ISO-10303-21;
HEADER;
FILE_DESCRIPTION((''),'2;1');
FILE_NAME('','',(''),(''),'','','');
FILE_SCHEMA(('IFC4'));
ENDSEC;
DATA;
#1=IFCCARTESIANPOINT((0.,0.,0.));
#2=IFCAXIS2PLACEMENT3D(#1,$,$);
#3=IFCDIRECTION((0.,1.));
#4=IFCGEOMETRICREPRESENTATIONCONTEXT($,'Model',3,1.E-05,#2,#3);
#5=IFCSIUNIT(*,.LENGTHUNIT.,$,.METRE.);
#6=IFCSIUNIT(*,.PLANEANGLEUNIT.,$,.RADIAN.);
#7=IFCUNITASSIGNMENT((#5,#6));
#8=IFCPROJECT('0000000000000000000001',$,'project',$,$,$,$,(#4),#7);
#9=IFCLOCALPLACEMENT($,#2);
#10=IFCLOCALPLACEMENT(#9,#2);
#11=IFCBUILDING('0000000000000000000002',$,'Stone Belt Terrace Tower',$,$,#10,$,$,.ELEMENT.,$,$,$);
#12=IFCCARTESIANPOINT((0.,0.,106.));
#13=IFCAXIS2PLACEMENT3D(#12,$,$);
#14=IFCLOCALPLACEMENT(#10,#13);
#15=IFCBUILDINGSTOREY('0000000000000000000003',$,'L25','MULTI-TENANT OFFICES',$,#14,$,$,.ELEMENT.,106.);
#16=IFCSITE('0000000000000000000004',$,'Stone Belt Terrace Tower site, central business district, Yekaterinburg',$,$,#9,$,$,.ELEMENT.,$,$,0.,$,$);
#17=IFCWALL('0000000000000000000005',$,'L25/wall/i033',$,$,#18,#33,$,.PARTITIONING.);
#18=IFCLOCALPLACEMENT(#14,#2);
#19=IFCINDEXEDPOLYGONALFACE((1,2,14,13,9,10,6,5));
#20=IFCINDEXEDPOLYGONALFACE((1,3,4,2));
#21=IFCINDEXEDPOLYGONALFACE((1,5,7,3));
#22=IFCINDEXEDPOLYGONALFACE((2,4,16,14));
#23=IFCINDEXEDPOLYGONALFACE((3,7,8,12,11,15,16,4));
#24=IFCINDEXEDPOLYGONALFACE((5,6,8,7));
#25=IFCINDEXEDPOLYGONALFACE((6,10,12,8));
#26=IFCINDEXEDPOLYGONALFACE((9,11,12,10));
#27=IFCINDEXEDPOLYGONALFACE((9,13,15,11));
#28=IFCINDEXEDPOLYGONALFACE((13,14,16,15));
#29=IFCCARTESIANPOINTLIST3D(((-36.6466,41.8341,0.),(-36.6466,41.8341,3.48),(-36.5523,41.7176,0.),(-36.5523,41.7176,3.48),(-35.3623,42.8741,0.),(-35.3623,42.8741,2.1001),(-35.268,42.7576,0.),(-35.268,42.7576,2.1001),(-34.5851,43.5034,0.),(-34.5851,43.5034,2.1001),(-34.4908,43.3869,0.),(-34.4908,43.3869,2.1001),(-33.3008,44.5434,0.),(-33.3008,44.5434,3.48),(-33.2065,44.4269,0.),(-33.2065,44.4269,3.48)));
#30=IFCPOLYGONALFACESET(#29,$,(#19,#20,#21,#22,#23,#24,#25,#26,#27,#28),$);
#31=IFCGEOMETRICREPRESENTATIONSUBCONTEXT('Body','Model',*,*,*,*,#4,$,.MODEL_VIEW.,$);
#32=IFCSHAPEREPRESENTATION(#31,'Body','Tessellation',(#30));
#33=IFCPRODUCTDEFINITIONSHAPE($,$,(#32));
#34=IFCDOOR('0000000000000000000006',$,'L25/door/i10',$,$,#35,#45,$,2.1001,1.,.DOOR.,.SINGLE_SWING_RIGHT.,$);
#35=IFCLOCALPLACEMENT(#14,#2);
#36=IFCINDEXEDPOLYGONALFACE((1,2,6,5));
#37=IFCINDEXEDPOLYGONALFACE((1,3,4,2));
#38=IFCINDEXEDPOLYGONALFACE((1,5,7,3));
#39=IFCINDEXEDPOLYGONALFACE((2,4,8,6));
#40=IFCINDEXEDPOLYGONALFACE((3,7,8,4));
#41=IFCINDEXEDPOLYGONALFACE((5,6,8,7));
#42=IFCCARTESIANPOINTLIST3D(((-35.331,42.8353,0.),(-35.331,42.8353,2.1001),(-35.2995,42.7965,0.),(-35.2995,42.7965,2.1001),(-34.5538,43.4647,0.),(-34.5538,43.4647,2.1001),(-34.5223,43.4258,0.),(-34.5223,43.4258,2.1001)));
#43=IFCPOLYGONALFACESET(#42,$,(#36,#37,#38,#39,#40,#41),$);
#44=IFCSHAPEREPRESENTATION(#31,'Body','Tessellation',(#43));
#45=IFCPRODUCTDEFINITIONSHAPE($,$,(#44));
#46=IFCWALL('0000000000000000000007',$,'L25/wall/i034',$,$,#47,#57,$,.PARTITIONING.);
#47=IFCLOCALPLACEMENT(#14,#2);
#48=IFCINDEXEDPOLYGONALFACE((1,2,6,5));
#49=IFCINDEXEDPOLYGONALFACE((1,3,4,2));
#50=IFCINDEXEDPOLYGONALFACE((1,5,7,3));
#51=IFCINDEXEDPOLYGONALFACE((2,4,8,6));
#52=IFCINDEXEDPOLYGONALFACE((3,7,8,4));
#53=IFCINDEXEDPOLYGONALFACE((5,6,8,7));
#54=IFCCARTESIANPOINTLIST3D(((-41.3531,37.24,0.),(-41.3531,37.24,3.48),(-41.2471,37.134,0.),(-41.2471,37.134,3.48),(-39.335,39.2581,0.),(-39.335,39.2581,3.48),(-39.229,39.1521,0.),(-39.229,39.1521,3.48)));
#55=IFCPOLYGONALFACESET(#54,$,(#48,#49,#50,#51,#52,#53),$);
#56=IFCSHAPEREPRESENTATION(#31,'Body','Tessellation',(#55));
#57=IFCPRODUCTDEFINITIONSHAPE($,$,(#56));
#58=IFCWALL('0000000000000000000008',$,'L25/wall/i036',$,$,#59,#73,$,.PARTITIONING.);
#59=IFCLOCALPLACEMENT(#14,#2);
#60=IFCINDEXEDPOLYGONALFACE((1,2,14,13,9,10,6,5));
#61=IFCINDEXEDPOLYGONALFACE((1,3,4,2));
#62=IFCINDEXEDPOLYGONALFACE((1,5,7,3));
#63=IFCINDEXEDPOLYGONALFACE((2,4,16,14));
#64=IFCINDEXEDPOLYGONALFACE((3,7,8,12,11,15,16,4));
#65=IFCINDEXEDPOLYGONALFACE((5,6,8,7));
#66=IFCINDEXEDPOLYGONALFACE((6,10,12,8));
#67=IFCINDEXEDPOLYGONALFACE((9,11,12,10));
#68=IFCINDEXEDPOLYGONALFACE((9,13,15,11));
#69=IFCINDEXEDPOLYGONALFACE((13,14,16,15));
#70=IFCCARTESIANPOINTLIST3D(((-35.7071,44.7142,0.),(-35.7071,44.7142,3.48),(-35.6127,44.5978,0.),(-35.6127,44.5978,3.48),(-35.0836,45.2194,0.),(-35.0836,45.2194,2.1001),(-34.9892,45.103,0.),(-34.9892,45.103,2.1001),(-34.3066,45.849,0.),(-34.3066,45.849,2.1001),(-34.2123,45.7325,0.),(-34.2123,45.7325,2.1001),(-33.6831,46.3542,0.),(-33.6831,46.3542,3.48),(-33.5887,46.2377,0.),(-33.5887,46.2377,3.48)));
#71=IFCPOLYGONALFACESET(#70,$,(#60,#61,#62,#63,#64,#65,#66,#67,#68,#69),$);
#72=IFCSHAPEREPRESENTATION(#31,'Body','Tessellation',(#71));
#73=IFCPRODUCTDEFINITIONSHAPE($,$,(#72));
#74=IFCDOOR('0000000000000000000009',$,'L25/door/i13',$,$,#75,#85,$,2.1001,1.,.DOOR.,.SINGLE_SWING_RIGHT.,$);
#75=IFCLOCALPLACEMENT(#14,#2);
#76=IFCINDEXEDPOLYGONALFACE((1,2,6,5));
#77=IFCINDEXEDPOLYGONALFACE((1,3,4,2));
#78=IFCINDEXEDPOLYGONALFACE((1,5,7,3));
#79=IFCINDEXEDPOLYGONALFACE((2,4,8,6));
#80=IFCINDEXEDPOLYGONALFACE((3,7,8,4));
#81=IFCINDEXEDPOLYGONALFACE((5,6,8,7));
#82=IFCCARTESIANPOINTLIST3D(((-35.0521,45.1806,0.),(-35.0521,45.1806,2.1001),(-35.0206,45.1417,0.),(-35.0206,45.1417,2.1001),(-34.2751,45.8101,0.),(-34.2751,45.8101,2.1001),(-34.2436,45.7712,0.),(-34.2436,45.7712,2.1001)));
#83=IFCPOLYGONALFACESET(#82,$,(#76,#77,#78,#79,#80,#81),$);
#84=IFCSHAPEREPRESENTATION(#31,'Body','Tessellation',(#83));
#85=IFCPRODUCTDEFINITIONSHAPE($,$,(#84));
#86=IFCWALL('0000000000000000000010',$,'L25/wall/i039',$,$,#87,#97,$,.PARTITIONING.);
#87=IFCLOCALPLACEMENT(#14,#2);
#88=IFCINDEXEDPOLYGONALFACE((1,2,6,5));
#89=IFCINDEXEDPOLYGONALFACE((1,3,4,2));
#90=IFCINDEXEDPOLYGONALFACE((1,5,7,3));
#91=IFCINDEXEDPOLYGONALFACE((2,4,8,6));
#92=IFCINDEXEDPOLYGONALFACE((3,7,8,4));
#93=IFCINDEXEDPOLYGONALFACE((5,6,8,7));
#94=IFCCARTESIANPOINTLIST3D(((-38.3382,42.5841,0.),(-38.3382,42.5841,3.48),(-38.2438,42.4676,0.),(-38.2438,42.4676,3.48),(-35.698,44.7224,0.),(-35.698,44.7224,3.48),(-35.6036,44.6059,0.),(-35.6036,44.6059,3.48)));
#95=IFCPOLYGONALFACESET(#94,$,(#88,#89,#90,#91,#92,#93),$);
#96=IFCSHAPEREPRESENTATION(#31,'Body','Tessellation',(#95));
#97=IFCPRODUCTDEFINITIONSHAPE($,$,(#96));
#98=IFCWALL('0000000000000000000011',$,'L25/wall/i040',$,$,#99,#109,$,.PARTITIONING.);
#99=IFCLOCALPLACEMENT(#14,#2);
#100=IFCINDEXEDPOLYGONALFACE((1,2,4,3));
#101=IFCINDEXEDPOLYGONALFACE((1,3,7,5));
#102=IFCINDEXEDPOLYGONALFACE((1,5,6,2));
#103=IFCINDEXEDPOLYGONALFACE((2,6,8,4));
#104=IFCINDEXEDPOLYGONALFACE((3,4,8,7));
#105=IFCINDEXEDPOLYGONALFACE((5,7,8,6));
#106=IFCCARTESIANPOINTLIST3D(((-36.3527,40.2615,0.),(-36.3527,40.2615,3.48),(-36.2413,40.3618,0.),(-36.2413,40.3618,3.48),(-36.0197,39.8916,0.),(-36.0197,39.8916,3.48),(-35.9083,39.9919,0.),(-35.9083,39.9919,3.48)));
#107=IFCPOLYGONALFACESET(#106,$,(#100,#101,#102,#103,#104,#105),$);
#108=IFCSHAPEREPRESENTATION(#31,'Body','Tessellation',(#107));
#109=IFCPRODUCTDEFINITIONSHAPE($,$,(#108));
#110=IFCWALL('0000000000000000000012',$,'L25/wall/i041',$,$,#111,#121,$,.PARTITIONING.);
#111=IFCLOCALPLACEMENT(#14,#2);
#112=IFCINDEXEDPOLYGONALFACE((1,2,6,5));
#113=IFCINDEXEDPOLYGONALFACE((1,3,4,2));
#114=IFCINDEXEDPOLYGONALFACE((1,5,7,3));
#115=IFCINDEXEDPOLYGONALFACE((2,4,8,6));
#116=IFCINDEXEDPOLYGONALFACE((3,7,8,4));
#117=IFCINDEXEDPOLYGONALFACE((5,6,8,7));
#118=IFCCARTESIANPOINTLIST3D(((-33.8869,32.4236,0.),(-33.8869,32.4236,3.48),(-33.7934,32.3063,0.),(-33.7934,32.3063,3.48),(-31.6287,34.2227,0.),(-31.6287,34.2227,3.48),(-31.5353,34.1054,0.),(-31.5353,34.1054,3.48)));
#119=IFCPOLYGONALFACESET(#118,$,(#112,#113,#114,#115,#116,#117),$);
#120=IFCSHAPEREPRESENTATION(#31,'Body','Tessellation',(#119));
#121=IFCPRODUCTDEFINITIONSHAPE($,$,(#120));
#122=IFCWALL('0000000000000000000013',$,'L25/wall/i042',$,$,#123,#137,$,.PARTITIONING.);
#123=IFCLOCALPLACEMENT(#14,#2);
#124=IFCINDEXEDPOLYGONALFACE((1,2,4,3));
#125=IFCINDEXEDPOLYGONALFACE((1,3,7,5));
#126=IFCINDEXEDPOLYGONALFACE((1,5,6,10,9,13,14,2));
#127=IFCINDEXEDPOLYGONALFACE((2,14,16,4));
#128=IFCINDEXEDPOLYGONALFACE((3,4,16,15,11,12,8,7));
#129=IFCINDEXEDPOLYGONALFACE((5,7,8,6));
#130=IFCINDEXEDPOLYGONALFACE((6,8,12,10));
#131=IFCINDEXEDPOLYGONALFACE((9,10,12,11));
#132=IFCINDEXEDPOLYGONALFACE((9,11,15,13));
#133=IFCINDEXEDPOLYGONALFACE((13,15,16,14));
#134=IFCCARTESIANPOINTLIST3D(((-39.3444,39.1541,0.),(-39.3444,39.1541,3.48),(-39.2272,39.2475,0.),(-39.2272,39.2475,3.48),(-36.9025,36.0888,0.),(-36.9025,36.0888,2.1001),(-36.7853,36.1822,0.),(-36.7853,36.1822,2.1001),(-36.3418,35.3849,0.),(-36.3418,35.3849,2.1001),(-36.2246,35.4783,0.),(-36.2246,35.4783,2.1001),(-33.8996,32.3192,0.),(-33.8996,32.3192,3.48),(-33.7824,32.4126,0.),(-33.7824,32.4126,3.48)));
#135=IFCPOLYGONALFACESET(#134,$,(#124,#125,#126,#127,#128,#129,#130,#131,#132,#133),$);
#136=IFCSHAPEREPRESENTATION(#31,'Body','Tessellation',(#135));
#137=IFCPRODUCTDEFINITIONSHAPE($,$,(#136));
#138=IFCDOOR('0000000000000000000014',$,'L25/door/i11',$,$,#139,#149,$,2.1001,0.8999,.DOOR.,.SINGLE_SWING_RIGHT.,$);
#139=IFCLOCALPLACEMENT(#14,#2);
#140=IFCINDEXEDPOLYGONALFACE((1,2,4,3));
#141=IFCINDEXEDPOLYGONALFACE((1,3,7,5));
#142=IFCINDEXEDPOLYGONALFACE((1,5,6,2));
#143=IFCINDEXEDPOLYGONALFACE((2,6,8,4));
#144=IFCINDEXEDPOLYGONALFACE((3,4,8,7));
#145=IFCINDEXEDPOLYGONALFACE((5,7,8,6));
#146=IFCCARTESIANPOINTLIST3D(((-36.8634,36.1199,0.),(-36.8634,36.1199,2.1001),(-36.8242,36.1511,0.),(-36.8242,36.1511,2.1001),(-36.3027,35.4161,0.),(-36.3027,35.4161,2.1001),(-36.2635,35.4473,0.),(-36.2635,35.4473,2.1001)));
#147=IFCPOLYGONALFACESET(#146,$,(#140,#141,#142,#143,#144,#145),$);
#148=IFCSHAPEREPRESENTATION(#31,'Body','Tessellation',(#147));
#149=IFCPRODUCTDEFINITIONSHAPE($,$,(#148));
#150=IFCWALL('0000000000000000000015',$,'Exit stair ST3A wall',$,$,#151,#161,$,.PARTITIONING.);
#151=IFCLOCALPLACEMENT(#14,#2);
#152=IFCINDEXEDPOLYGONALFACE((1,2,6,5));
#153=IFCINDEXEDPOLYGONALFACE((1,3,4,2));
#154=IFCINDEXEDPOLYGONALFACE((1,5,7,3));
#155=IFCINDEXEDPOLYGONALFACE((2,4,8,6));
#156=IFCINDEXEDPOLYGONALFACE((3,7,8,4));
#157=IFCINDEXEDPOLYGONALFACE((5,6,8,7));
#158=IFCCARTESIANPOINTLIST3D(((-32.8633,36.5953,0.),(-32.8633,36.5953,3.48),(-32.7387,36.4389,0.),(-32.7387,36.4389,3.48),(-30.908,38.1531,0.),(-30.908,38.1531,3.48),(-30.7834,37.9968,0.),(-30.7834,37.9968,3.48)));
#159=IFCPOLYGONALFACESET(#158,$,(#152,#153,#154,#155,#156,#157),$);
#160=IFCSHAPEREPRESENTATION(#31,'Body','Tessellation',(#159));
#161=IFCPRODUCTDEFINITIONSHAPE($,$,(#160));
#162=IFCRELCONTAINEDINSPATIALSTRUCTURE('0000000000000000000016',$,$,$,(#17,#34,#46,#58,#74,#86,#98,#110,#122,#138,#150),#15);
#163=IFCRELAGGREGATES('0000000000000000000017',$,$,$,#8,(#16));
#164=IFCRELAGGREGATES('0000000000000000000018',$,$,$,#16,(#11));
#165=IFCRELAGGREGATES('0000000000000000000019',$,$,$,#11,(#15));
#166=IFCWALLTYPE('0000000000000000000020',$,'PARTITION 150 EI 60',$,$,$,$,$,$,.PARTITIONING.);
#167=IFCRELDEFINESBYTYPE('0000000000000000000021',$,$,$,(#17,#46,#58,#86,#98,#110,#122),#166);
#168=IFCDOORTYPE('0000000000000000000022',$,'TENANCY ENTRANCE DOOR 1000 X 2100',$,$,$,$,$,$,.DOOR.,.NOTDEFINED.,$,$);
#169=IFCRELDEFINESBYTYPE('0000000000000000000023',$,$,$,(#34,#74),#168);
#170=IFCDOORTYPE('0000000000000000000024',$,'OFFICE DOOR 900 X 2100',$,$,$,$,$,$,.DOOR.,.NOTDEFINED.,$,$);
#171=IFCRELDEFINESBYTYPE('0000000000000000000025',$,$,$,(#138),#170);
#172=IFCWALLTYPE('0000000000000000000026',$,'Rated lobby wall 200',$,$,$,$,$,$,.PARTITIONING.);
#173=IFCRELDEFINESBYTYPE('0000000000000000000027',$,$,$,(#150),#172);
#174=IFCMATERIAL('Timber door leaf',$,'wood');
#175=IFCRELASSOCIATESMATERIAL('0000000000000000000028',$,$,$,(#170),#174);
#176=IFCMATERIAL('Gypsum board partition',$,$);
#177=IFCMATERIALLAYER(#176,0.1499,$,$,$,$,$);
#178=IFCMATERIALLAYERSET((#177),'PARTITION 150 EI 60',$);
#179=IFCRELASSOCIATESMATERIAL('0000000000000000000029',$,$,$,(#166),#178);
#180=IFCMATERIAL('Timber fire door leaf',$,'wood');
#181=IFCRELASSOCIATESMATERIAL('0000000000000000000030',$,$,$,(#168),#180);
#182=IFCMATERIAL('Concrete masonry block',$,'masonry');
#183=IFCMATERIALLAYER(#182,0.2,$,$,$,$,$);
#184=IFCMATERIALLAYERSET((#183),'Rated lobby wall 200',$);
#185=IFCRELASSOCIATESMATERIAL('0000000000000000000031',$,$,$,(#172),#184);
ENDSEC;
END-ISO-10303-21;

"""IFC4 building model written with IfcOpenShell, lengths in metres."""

from ifc_helpers import new_model, si_unit, direction, frame, frame_2d, origin, place, context, subcontext, project, spatial, rectangle, extrude, material, layer, layer_set, type_object, element, fill, save


model = new_model("IFC4")

# Units and contexts
model_context = context("Model", 3, precision=1e-05, world=origin(), true_north=direction((0.0, 1.0)))
body_context = subcontext(model_context, "Body", "Model", "MODEL_VIEW")
ifc_project = project(units=[si_unit("LENGTHUNIT", "METRE"), si_unit("PLANEANGLEUNIT", "RADIAN")], contexts=[model_context])

# Site, building, storey
site_placement = place(None, origin())
site = spatial("IfcSite", under=ifc_project, at=site_placement, Name="Stone Belt Terrace Tower site, central business district, Yekaterinburg", CompositionType="ELEMENT", RefElevation=0.0)
building_placement = place(site_placement, origin())
building = spatial("IfcBuilding", under=site, at=building_placement, Name="Stone Belt Terrace Tower", CompositionType="ELEMENT")
storey_placement = place(building_placement, frame((0.0, 0.0, 106.0)))
storey = spatial("IfcBuildingStorey", under=building, at=storey_placement, Name="L25", Description="MULTI-TENANT OFFICES", CompositionType="ELEMENT", Elevation=106.0)

# Wall, opening, door
ifc_material_1 = material(Name="Gypsum board partition")
ifc_material_2 = material(Name="Timber door leaf", Category="wood")
door_type_1 = type_object("IfcDoorType", Name="OFFICE DOOR 900 X 2100", OperationType="NOTDEFINED", PredefinedType="DOOR", material=ifc_material_2)
ifc_layer_1 = layer(ifc_material_1, 0.1499)
ifc_layer_set_1 = layer_set([ifc_layer_1], Name="PARTITION 150 EI 60")
wall_type_1 = type_object("IfcWallType", Name="PARTITION 150 EI 60", PredefinedType="PARTITIONING", material=ifc_layer_set_1)
wall_1_placement = place(storey_placement, frame((-33.2537, 44.4851, 0.0), z_axis=(0.0, 0.0, 1.0), x_axis=(-0.777154, -0.629311, 0.0)))
wall_1 = element("IfcWall", 1, at=wall_1_placement, inside=storey, type_object=wall_type_1, Name="L25/wall/i033", PredefinedType="PARTITIONING", context=body_context, shape_type="SweptSolid", body=[
    extrude(rectangle(XDim=4.3052, YDim=0.1499, at=frame_2d((2.1526, 0.0))), origin(), (0.0, 0.0, 1.0), 3.48),
])
opening_1_placement = place(wall_1_placement, frame((1.6526, 0.0, 0.0)))
opening_1 = element("IfcOpeningElement", 2, at=opening_1_placement, cuts=wall_1, PredefinedType="OPENING", context=body_context, shape_type="SweptSolid", body=[
    extrude(rectangle(XDim=1.0, YDim=2.1001, at=frame_2d((0.5, 1.05))), frame((0.0, 0.085, 0.0), z_axis=(0.0, -1.0, 0.0), x_axis=(1.0, 0.0, 0.0)), (0.0, 0.0, 1.0), 0.1699),
])
ifc_material_3 = material(Name="Timber fire door leaf", Category="wood")
door_type_2 = type_object("IfcDoorType", Name="TENANCY ENTRANCE DOOR 1000 X 2100", OperationType="NOTDEFINED", PredefinedType="DOOR", material=ifc_material_3)
door_1_placement = place(opening_1_placement, origin())
door_1 = element("IfcDoor", 3, at=door_1_placement, inside=storey, type_object=door_type_2, Name="L25/door/i10", OperationType="SINGLE_SWING_RIGHT", OverallHeight=2.1001, OverallWidth=1.0, PredefinedType="DOOR", context=body_context, shape_type="SweptSolid", body=[
    extrude(rectangle(XDim=1.0, YDim=2.1001, at=frame_2d((0.5, 1.05))), frame((0.0, 0.0249, 0.0), z_axis=(0.0, -1.0, 0.0), x_axis=(1.0, 0.0, 0.0)), (0.0, 0.0, 1.0), 0.05),
])
fill(opening_1, door_1)

# Wall
wall_2_placement = place(storey_placement, frame((-39.282, 39.2051, 0.0), z_axis=(0.0, 0.0, 1.0), x_axis=(-0.707107, -0.707107, 0.0)))
element("IfcWall", 4, at=wall_2_placement, inside=storey, type_object=wall_type_1, Name="L25/wall/i034", PredefinedType="PARTITIONING", context=body_context, shape_type="SweptSolid", body=[
    extrude(rectangle(XDim=2.854, YDim=0.1499, at=frame_2d((1.427, 0.0))), origin(), (0.0, 0.0, 1.0), 3.48),
])

# Wall, opening, door
wall_3_placement = place(storey_placement, frame((-35.6599, 44.656, 0.0), z_axis=(0.0, 0.0, 1.0), x_axis=(0.776968, 0.629541, 0.0)))
wall_3 = element("IfcWall", 5, at=wall_3_placement, inside=storey, type_object=wall_type_1, Name="L25/wall/i036", PredefinedType="PARTITIONING", context=body_context, shape_type="SweptSolid", body=[
    extrude(rectangle(XDim=2.605, YDim=0.1499, at=frame_2d((1.3025, 0.0))), origin(), (0.0, 0.0, 1.0), 3.48),
])
opening_2_placement = place(wall_3_placement, frame((0.8025, 0.0, 0.0)))
opening_2 = element("IfcOpeningElement", 6, at=opening_2_placement, cuts=wall_3, PredefinedType="OPENING", context=body_context, shape_type="SweptSolid", body=[
    extrude(rectangle(XDim=1.0, YDim=2.1001, at=frame_2d((0.5, 1.05))), frame((0.0, 0.085, 0.0), z_axis=(0.0, -1.0, 0.0), x_axis=(1.0, 0.0, 0.0)), (0.0, 0.0, 1.0), 0.1699),
])
door_2_placement = place(opening_2_placement, origin())
door_2 = element("IfcDoor", 7, at=door_2_placement, inside=storey, type_object=door_type_2, Name="L25/door/i13", OperationType="SINGLE_SWING_RIGHT", OverallHeight=2.1001, OverallWidth=1.0, PredefinedType="DOOR", context=body_context, shape_type="SweptSolid", body=[
    extrude(rectangle(XDim=1.0, YDim=2.1001, at=frame_2d((0.5, 1.05))), frame((0.0, 0.0249, 0.0), z_axis=(0.0, -1.0, 0.0), x_axis=(1.0, 0.0, 0.0)), (0.0, 0.0, 1.0), 0.05),
])
fill(opening_2, door_2)

# Walls
wall_4_placement = place(storey_placement, frame((-38.291, 42.5259, 0.0), z_axis=(0.0, 0.0, 1.0), x_axis=(0.777111, 0.629364, 0.0)))
element("IfcWall", 8, at=wall_4_placement, inside=storey, type_object=wall_type_1, Name="L25/wall/i039", PredefinedType="PARTITIONING", context=body_context, shape_type="SweptSolid", body=[
    extrude(rectangle(XDim=3.3975, YDim=0.1499, at=frame_2d((1.6987, 0.0))), origin(), (0.0, 0.0, 1.0), 3.48),
])
wall_5_placement = place(storey_placement, frame((-36.2971, 40.3118, 0.0), z_axis=(0.0, 0.0, 1.0), x_axis=(0.6691, -0.743172, 0.0)))
element("IfcWall", 9, at=wall_5_placement, inside=storey, type_object=wall_type_1, Name="L25/wall/i040", PredefinedType="PARTITIONING", context=body_context, shape_type="SweptSolid", body=[
    extrude(rectangle(XDim=0.4978, YDim=0.1499, at=frame_2d((0.249, 0.0))), origin(), (0.0, 0.0, 1.0), 3.48),
])
wall_6_placement = place(storey_placement, frame((-31.582, 34.1641, 0.0), z_axis=(0.0, 0.0, 1.0), x_axis=(-0.782113, -0.623137, 0.0)))
element("IfcWall", 10, at=wall_6_placement, inside=storey, type_object=wall_type_1, Name="L25/wall/i041", PredefinedType="PARTITIONING", context=body_context, shape_type="SweptSolid", body=[
    extrude(rectangle(XDim=2.8872, YDim=0.1499, at=frame_2d((1.4436, 0.0))), origin(), (0.0, 0.0, 1.0), 3.48),
])

# Wall, opening, door
wall_7_placement = place(storey_placement, frame((-33.8411, 32.366, 0.0), z_axis=(0.0, 0.0, 1.0), x_axis=(-0.623079, 0.782159, 0.0)))
wall_7 = element("IfcWall", 11, at=wall_7_placement, inside=storey, type_object=wall_type_1, Name="L25/wall/i042", PredefinedType="PARTITIONING", context=body_context, shape_type="SweptSolid", body=[
    extrude(rectangle(XDim=8.7385, YDim=0.1499, at=frame_2d((4.3691, 0.0))), origin(), (0.0, 0.0, 1.0), 3.48),
])
opening_3_placement = place(wall_7_placement, frame((3.9194, 0.0, 0.0)))
opening_3 = element("IfcOpeningElement", 12, at=opening_3_placement, cuts=wall_7, PredefinedType="OPENING", context=body_context, shape_type="SweptSolid", body=[
    extrude(rectangle(XDim=0.8999, YDim=2.1001, at=frame_2d((0.45, 1.05))), frame((0.0, 0.085, 0.0), z_axis=(0.0, -1.0, 0.0), x_axis=(1.0, 0.0, 0.0)), (0.0, 0.0, 1.0), 0.1699),
])
door_3_placement = place(opening_3_placement, origin())
door_3 = element("IfcDoor", 13, at=door_3_placement, inside=storey, type_object=door_type_1, Name="L25/door/i11", OperationType="SINGLE_SWING_RIGHT", OverallHeight=2.1001, OverallWidth=0.8999, PredefinedType="DOOR", context=body_context, shape_type="SweptSolid", body=[
    extrude(rectangle(XDim=0.8999, YDim=2.1001, at=frame_2d((0.45, 1.05))), frame((0.0, 0.0249, 0.0), z_axis=(0.0, -1.0, 0.0), x_axis=(1.0, 0.0, 0.0)), (0.0, 0.0, 1.0), 0.05),
])
fill(opening_3, door_3)

# Wall
ifc_material_4 = material(Name="Concrete masonry block", Category="masonry")
ifc_layer_2 = layer(ifc_material_4, 0.2)
ifc_layer_set_2 = layer_set([ifc_layer_2], Name="Rated lobby wall 200")
wall_type_2 = type_object("IfcWallType", Name="Rated lobby wall 200", PredefinedType="PARTITIONING", material=ifc_layer_set_2)
wall_8_placement = place(storey_placement, frame((-30.8457, 38.075, 0.0), z_axis=(0.0, 0.0, 1.0), x_axis=(-0.782115, -0.623134, 0.0)))
element("IfcWall", 14, at=wall_8_placement, inside=storey, type_object=wall_type_2, Name="Exit stair ST3A wall", PredefinedType="PARTITIONING", context=body_context, shape_type="SweptSolid", body=[
    extrude(rectangle(XDim=2.5, YDim=0.2, at=frame_2d((1.25, 0.0))), origin(), (0.0, 0.0, 1.0), 3.48),
])

save(model, "model.ifc")
